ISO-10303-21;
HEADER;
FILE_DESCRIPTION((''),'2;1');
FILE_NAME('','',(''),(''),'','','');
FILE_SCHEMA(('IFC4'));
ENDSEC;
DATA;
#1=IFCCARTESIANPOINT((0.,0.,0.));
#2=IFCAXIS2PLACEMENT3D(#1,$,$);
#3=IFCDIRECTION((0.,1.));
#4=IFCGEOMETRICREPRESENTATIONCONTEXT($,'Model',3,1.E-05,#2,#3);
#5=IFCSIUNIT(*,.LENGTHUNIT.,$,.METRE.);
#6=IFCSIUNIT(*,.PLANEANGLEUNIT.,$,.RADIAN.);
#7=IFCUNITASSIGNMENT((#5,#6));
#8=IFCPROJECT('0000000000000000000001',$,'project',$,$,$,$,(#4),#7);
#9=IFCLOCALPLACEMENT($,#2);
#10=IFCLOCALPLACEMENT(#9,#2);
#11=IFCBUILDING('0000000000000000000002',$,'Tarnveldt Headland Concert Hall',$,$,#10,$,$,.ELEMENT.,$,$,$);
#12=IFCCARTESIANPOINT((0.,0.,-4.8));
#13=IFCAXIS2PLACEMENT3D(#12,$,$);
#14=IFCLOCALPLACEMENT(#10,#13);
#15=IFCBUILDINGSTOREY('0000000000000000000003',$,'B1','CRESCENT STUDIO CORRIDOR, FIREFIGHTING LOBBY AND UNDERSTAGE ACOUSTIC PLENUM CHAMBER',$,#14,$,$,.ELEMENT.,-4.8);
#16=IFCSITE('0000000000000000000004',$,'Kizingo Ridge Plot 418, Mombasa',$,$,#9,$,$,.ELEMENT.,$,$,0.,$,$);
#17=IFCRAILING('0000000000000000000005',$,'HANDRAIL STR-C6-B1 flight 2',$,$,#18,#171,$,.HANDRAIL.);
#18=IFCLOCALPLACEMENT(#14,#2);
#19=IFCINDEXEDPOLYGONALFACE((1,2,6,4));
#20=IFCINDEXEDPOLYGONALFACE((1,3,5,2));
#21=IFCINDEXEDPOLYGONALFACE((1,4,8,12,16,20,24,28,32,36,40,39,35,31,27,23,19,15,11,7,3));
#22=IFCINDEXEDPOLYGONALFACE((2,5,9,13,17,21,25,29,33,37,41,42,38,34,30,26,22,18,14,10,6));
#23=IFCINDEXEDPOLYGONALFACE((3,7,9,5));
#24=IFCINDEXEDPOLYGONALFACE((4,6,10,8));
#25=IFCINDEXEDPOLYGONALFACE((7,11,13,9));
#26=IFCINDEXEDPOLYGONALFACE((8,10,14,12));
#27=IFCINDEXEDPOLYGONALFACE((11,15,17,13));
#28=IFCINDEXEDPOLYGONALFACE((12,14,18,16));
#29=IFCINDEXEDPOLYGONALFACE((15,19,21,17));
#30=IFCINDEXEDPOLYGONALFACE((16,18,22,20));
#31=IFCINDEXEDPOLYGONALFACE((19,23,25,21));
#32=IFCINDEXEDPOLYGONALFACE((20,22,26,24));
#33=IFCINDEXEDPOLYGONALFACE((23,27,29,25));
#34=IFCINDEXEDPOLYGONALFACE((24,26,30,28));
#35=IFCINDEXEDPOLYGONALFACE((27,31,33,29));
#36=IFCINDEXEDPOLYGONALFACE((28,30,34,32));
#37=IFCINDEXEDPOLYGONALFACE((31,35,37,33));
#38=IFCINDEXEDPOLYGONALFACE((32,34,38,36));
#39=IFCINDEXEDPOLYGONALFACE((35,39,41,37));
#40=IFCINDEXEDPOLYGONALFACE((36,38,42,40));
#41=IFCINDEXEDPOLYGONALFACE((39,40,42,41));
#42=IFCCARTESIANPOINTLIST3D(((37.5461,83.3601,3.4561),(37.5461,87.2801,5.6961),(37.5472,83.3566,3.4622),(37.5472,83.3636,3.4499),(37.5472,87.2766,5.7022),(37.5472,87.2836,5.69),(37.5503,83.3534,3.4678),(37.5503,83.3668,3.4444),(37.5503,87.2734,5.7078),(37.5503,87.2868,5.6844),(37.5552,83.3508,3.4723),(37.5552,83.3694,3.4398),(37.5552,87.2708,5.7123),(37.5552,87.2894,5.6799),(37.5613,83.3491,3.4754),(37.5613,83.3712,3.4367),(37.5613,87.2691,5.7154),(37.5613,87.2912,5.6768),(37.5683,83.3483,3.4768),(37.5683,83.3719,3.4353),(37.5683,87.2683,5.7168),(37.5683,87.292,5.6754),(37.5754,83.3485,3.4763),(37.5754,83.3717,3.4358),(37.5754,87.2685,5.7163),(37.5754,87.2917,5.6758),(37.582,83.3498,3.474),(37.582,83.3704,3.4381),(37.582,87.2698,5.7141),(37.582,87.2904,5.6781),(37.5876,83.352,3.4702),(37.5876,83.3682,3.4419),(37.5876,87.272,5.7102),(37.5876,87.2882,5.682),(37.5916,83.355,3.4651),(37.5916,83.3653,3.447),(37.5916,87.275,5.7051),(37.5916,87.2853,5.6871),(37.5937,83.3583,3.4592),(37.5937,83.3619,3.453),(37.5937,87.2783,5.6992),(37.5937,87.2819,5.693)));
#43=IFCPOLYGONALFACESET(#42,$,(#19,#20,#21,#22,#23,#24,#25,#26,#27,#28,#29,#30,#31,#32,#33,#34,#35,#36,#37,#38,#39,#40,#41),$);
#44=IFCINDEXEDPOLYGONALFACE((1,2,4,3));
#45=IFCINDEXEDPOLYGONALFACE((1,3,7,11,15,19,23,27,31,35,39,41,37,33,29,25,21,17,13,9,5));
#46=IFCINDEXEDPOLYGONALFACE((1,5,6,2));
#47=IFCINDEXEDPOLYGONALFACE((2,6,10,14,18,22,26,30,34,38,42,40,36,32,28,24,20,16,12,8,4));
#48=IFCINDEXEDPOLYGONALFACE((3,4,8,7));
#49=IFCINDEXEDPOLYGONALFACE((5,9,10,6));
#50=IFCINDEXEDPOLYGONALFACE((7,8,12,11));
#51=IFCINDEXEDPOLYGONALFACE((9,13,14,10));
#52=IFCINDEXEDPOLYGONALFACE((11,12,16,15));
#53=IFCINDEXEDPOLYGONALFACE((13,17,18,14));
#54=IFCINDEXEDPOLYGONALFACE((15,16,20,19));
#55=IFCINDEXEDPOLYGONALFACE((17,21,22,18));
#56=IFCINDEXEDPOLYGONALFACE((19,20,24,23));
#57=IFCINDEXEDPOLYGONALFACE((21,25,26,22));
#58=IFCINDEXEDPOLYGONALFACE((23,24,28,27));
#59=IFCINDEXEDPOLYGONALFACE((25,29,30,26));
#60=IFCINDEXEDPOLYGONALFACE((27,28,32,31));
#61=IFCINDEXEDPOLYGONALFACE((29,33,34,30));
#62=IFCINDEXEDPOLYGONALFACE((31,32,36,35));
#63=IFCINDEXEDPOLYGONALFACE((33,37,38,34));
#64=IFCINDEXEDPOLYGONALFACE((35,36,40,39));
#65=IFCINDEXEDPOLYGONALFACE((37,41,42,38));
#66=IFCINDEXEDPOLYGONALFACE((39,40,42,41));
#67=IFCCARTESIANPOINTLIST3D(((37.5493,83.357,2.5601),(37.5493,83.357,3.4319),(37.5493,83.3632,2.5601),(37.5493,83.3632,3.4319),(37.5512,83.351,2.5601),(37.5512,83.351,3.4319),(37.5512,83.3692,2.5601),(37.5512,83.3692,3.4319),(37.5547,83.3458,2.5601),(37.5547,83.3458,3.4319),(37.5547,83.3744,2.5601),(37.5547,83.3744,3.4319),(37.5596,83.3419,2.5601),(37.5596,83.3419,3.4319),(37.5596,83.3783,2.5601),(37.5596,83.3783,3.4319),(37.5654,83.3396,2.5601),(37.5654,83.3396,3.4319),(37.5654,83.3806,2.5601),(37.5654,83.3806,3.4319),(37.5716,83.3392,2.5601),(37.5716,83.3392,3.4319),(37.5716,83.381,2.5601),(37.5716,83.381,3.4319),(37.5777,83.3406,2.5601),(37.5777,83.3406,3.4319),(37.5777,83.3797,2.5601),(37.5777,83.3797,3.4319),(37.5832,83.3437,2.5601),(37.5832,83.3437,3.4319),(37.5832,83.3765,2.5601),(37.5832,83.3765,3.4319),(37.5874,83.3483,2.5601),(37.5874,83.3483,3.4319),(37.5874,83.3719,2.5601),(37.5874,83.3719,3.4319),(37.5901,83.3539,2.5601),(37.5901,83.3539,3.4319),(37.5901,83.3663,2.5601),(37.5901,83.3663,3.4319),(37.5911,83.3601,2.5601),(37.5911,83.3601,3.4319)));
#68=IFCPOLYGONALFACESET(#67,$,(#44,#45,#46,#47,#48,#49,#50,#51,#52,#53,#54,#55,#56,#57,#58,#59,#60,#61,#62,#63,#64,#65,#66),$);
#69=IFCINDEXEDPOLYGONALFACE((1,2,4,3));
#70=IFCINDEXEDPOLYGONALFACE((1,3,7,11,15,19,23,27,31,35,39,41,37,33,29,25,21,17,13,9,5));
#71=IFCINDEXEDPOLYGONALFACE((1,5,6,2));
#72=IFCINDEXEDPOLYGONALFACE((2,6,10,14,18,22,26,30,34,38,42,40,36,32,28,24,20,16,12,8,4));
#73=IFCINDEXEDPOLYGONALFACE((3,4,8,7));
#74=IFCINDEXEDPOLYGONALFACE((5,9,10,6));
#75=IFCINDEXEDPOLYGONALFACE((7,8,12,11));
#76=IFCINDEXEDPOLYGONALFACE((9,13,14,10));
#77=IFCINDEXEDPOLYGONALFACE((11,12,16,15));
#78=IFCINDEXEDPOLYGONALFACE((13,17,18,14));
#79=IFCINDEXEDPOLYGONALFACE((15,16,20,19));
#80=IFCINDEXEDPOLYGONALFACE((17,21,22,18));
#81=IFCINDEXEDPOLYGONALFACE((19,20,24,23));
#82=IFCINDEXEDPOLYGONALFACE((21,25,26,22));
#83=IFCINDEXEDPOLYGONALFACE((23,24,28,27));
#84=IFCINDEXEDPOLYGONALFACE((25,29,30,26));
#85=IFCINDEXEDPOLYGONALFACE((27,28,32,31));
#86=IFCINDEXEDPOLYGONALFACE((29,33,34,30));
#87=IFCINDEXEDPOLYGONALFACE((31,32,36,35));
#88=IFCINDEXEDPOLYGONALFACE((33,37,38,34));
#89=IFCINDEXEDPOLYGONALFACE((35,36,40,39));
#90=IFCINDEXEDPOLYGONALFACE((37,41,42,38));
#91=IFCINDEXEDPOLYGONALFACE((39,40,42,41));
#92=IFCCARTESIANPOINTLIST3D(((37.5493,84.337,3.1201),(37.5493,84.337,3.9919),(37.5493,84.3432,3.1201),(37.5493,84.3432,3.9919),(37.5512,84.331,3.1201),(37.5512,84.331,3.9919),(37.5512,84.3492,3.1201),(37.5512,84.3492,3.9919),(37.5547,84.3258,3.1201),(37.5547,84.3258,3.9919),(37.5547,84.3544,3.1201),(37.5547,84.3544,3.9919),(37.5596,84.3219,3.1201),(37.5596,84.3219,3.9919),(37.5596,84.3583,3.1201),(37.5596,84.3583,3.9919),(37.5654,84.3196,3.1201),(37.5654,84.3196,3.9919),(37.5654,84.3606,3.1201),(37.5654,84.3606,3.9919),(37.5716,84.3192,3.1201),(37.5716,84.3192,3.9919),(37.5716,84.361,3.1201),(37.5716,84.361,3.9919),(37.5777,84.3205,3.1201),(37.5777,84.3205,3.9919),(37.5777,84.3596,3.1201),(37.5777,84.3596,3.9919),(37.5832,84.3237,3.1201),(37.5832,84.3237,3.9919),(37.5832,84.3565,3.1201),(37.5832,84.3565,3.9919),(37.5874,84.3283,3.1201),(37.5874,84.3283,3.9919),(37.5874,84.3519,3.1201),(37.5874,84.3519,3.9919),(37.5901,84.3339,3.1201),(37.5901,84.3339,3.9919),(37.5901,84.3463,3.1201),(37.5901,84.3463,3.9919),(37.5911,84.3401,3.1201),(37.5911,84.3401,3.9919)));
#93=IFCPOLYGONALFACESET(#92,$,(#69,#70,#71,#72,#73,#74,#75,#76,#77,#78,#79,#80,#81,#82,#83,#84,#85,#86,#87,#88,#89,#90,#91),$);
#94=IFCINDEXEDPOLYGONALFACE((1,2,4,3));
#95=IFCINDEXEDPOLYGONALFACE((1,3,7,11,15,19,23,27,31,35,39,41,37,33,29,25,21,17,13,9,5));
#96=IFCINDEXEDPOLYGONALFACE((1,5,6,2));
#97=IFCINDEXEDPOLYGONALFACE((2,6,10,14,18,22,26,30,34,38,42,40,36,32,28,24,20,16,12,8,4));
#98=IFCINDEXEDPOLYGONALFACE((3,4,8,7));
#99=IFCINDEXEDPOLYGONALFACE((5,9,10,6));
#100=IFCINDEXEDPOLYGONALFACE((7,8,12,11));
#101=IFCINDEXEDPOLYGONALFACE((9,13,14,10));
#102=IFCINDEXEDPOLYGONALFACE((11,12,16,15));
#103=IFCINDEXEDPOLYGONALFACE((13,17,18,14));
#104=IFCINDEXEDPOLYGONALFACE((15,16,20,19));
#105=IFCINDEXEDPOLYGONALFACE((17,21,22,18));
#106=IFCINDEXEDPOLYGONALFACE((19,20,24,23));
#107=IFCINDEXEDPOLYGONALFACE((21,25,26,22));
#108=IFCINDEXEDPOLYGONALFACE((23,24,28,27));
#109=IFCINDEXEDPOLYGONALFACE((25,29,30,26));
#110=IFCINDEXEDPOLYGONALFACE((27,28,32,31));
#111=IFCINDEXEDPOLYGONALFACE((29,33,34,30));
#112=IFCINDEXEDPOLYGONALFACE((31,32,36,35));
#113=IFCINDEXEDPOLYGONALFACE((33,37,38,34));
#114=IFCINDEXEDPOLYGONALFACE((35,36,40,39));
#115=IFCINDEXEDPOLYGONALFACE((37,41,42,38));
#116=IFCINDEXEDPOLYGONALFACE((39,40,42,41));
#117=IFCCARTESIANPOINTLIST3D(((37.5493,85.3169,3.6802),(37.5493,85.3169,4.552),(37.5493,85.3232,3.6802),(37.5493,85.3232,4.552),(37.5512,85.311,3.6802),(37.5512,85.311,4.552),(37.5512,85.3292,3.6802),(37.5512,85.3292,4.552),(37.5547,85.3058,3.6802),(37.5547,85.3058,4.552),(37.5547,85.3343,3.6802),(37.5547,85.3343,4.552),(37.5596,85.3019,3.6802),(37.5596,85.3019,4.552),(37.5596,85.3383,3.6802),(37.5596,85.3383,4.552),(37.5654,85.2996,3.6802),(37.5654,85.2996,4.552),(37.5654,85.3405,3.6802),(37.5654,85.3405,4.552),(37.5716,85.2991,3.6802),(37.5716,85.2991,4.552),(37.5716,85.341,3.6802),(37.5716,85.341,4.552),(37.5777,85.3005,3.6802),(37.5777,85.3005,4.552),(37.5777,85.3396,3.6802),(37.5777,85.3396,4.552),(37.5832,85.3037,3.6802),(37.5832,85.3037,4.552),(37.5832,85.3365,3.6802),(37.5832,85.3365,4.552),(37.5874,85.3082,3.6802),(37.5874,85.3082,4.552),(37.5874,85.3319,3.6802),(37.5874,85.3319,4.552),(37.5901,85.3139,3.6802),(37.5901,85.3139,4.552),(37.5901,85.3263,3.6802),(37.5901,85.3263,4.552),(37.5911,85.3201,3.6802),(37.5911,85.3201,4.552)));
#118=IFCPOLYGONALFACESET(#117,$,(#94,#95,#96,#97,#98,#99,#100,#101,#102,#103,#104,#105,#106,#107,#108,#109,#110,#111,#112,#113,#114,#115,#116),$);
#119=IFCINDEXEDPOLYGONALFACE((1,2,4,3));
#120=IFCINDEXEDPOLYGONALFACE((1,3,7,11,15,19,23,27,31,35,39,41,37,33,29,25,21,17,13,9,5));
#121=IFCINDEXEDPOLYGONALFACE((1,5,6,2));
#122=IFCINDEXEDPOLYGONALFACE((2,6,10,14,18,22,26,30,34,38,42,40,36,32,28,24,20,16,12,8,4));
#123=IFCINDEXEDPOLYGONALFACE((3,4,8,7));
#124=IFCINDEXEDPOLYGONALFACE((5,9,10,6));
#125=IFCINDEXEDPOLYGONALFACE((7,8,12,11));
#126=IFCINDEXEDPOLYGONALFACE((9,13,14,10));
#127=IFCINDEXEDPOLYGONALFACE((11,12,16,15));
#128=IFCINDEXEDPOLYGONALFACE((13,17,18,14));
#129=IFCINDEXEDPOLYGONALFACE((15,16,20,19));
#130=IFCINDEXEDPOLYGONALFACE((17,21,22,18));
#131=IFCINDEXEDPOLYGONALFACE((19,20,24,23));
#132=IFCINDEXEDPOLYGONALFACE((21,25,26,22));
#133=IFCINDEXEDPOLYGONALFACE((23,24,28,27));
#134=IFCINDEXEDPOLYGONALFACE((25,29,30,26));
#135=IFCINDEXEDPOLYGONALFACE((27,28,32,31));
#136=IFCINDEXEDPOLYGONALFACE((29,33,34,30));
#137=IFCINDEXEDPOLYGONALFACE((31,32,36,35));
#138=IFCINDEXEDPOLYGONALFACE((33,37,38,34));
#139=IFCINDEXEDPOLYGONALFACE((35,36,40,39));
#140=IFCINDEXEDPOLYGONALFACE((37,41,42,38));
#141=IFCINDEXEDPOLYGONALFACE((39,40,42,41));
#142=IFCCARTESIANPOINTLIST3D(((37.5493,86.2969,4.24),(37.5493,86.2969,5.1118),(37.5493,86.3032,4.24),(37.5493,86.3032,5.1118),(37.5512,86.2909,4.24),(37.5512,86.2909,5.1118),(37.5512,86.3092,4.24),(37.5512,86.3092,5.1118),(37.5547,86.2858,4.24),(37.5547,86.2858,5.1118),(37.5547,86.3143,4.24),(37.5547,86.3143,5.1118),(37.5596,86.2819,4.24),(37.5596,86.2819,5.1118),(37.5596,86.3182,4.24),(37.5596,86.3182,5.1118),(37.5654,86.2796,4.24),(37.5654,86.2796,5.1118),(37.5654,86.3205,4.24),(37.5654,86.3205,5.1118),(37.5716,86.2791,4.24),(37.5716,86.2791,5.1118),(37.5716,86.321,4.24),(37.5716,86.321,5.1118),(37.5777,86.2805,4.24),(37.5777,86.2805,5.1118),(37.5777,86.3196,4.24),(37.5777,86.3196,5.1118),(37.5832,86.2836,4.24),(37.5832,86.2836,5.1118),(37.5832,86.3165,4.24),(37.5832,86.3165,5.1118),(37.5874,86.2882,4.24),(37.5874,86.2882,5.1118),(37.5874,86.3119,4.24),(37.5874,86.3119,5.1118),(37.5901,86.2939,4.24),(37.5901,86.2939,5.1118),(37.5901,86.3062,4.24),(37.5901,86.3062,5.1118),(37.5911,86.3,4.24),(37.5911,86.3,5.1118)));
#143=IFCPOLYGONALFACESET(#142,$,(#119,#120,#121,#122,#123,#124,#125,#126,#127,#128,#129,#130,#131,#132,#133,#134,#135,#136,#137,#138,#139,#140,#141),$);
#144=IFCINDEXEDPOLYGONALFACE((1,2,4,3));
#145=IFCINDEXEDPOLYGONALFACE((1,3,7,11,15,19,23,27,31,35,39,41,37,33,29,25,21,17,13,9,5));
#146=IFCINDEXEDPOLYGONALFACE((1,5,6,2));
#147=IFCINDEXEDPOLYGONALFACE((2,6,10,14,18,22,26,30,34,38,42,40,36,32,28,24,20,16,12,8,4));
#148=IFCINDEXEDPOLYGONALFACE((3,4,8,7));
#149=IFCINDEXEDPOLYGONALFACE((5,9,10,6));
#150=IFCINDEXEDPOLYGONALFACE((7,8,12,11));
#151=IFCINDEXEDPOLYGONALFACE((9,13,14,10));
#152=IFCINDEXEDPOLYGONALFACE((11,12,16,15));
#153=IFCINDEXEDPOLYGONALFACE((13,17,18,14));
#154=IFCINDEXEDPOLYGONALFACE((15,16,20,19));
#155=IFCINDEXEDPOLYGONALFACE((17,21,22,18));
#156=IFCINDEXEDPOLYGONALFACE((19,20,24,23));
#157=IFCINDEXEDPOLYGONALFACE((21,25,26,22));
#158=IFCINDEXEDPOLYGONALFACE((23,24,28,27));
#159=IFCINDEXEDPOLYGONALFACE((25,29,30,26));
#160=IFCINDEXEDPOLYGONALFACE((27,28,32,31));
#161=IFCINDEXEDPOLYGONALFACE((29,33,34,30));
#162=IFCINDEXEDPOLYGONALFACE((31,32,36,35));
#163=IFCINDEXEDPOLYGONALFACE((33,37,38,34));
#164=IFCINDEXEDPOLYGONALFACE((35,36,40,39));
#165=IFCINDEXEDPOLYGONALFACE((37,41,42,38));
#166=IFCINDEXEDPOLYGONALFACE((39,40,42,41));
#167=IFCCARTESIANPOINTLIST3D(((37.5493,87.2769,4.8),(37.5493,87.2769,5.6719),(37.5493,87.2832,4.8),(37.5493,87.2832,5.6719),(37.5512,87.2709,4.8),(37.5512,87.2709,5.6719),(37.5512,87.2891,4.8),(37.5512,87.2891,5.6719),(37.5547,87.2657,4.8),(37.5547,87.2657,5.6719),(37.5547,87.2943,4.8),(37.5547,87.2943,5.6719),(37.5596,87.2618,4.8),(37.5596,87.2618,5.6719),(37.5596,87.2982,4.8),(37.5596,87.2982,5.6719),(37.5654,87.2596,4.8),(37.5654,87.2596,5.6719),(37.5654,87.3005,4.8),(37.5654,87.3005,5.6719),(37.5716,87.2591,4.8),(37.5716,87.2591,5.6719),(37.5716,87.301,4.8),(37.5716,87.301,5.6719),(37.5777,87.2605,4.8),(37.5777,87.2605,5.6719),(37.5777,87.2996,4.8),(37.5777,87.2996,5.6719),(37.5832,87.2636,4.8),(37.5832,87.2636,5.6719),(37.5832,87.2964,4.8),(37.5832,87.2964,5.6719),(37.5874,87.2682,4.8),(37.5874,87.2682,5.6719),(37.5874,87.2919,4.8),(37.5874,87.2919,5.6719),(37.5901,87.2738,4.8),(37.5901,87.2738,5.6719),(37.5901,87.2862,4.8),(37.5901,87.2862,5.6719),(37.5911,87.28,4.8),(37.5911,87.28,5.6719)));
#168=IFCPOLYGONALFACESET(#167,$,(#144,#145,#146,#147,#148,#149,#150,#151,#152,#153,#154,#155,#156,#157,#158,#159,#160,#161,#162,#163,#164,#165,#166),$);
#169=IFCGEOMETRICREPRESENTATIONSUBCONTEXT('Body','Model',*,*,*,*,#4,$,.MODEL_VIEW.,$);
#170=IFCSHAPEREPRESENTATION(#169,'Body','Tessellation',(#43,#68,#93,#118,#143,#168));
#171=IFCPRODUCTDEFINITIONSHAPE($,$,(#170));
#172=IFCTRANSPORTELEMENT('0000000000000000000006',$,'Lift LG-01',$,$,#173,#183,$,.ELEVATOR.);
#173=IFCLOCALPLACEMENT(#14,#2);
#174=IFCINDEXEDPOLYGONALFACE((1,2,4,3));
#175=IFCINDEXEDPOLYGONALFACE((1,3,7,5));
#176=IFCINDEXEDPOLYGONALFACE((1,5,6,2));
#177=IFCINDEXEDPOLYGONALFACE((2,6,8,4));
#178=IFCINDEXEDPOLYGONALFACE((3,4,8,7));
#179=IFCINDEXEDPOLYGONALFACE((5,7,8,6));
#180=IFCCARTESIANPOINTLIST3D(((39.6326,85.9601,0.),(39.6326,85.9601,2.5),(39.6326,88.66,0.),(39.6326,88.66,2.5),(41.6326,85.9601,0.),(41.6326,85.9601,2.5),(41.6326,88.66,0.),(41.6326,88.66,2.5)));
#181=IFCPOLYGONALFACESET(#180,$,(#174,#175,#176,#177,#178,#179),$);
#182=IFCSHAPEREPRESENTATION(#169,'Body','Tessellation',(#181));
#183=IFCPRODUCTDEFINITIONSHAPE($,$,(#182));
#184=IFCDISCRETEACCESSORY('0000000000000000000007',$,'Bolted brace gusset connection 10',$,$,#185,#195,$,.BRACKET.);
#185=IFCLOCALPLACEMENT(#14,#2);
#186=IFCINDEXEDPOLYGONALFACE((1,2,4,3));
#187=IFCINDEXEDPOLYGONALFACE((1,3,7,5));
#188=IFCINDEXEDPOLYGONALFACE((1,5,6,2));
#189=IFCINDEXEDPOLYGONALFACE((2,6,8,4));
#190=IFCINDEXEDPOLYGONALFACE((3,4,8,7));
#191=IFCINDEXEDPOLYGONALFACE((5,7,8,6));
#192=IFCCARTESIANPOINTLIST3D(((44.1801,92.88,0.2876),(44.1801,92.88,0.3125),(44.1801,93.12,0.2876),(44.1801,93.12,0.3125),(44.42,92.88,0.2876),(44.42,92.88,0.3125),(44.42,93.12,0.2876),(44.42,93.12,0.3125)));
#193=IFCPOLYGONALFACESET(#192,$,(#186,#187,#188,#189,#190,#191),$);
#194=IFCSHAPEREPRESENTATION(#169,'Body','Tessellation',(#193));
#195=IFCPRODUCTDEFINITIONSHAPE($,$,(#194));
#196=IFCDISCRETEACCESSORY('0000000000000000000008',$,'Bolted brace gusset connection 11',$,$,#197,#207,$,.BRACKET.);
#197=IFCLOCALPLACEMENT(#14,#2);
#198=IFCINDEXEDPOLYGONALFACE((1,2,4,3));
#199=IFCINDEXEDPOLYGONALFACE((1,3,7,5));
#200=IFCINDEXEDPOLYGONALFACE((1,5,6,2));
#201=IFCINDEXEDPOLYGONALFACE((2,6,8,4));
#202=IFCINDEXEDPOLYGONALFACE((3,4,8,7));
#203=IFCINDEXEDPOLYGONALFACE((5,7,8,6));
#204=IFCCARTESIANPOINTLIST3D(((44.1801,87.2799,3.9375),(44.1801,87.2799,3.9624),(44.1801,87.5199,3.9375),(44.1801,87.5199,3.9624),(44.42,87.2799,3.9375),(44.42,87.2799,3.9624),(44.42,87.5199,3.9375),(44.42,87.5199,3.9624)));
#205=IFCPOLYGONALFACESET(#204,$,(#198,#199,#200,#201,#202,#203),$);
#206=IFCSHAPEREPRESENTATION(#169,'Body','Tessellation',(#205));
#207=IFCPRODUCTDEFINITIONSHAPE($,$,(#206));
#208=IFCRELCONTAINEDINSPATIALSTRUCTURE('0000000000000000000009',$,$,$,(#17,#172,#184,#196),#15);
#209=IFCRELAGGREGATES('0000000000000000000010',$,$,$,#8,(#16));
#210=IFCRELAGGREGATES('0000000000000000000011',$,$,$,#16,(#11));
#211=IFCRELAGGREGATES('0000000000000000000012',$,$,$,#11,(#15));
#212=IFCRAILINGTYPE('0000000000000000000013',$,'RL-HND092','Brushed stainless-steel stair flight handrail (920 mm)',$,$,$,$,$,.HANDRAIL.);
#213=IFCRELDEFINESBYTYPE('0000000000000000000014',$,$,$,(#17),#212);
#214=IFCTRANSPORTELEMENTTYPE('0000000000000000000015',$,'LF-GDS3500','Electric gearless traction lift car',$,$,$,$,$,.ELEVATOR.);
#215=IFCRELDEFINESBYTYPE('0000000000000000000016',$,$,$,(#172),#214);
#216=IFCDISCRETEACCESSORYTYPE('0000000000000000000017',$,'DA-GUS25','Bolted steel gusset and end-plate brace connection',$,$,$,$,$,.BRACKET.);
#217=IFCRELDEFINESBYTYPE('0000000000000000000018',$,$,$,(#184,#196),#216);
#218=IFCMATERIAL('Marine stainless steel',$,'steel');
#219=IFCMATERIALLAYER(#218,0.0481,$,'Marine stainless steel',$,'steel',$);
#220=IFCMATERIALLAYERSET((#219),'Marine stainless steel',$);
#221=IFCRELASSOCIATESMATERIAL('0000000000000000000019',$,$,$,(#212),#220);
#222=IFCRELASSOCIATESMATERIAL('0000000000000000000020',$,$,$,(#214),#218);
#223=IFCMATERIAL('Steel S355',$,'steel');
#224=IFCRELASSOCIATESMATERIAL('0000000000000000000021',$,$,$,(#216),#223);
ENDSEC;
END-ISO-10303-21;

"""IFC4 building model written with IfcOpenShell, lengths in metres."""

from ifc_helpers import new_model, si_unit, direction, frame, origin, origin_2d, place, context, subcontext, project, spatial, rectangle, circle, extrude, material, layer, layer_set, type_object, element, save


model = new_model("IFC4")

# Units and contexts
model_context = context("Model", 3, precision=1e-05, world=origin(), true_north=direction((0.0, 1.0)))
body_context = subcontext(model_context, "Body", "Model", "MODEL_VIEW")
ifc_project = project(units=[si_unit("LENGTHUNIT", "METRE"), si_unit("PLANEANGLEUNIT", "RADIAN")], contexts=[model_context])

# Site, building, storey
site_placement = place(None, origin())
site = spatial("IfcSite", under=ifc_project, at=site_placement, Name="Kizingo Ridge Plot 418, Mombasa", CompositionType="ELEMENT", RefElevation=0.0)
building_placement = place(site_placement, origin())
building = spatial("IfcBuilding", under=site, at=building_placement, Name="Tarnveldt Headland Concert Hall", CompositionType="ELEMENT")
storey_placement = place(building_placement, frame((0.0, 0.0, -4.8)))
storey = spatial("IfcBuildingStorey", under=building, at=storey_placement, Name="B1", Description="CRESCENT STUDIO CORRIDOR, FIREFIGHTING LOBBY AND UNDERSTAGE ACOUSTIC PLENUM CHAMBER", CompositionType="ELEMENT", Elevation=-4.8)

# Shared definitions
ifc_material_1 = material(Name="Steel S355", Category="steel")

# Railing
ifc_material_2 = material(Name="Marine stainless steel", Category="steel")
ifc_layer_1 = layer(ifc_material_2, 0.0481, Name="Marine stainless steel", Category="steel")
ifc_layer_set_1 = layer_set([ifc_layer_1], Name="Marine stainless steel")
railing_type_1 = type_object("IfcRailingType", Name="RL-HND092", Description="Brushed stainless-steel stair flight handrail (920 mm)", PredefinedType="HANDRAIL", material=ifc_layer_set_1)
railing_1_placement = place(storey_placement, frame((37.5701, 83.3601, 2.5601)))
element("IfcRailing", 1, at=railing_1_placement, inside=storey, type_object=railing_type_1, Name="HANDRAIL STR-C6-B1 flight 2", PredefinedType="HANDRAIL", context=body_context, shape_type="SweptSolid", body=[
    extrude(circle(Radius=0.0239, at=origin_2d()), frame((0.0, 0.0, 0.896), z_axis=(0.0, 0.86824, 0.496145), x_axis=(-1.0, 0.0, 0.0)), (0.0, 0.0, 1.0), 4.5149),
    extrude(circle(Radius=0.021, at=origin_2d()), origin(), (0.0, 0.0, 1.0), 0.8718),
    extrude(circle(Radius=0.021, at=origin_2d()), frame((0.0, 0.98, 0.5601)), (0.0, 0.0, 1.0), 0.8718),
    extrude(circle(Radius=0.021, at=origin_2d()), frame((0.0, 1.96, 1.1201)), (0.0, 0.0, 1.0), 0.8718),
    extrude(circle(Radius=0.021, at=origin_2d()), frame((0.0, 2.9399, 1.6799)), (0.0, 0.0, 1.0), 0.8718),
    extrude(circle(Radius=0.021, at=origin_2d()), frame((0.0, 3.9199, 2.24)), (0.0, 0.0, 1.0), 0.8718),
])

# Transport element
transport_element_type = type_object("IfcTransportElementType", Name="LF-GDS3500", Description="Electric gearless traction lift car", PredefinedType="ELEVATOR", material=ifc_material_2)
transport_element_placement = place(storey_placement, frame((40.6326, 87.3101, 0.0), z_axis=(0.0, 0.0, 1.0), x_axis=(1.0, 0.0, 0.0)))
element("IfcTransportElement", 2, at=transport_element_placement, inside=storey, type_object=transport_element_type, Name="Lift LG-01", PredefinedType="ELEVATOR", context=body_context, shape_type="SweptSolid", body=[
    extrude(rectangle(XDim=2.0, YDim=2.7, at=origin_2d()), origin(), (0.0, 0.0, 1.0), 2.5),
])

# Discrete accessories
discrete_accessory_type = type_object("IfcDiscreteAccessoryType", Name="DA-GUS25", Description="Bolted steel gusset and end-plate brace connection", PredefinedType="BRACKET", material=ifc_material_1)
for number, where, z_axis, x_axis, name in (
    (3, (44.3, 93.0, 0.2876), (0.0, 0.0, 1.0), (1.0, 0.0, 0.0), "Bolted brace gusset connection 10"),
    (4, (44.3, 87.3999, 3.9375), (0.0, 0.0, 1.0), (1.0, 0.0, 0.0), "Bolted brace gusset connection 11"),
):
    element("IfcDiscreteAccessory", number, at=place(storey_placement, frame(where, z_axis=z_axis, x_axis=x_axis)), inside=storey, type_object=discrete_accessory_type, Name=name, PredefinedType="BRACKET", context=body_context, shape_type="SweptSolid", body=[
        extrude(rectangle(XDim=0.24, YDim=0.24, at=origin_2d()), origin(), (0.0, 0.0, 1.0), 0.0249),
    ])

save(model, "model.ifc")
